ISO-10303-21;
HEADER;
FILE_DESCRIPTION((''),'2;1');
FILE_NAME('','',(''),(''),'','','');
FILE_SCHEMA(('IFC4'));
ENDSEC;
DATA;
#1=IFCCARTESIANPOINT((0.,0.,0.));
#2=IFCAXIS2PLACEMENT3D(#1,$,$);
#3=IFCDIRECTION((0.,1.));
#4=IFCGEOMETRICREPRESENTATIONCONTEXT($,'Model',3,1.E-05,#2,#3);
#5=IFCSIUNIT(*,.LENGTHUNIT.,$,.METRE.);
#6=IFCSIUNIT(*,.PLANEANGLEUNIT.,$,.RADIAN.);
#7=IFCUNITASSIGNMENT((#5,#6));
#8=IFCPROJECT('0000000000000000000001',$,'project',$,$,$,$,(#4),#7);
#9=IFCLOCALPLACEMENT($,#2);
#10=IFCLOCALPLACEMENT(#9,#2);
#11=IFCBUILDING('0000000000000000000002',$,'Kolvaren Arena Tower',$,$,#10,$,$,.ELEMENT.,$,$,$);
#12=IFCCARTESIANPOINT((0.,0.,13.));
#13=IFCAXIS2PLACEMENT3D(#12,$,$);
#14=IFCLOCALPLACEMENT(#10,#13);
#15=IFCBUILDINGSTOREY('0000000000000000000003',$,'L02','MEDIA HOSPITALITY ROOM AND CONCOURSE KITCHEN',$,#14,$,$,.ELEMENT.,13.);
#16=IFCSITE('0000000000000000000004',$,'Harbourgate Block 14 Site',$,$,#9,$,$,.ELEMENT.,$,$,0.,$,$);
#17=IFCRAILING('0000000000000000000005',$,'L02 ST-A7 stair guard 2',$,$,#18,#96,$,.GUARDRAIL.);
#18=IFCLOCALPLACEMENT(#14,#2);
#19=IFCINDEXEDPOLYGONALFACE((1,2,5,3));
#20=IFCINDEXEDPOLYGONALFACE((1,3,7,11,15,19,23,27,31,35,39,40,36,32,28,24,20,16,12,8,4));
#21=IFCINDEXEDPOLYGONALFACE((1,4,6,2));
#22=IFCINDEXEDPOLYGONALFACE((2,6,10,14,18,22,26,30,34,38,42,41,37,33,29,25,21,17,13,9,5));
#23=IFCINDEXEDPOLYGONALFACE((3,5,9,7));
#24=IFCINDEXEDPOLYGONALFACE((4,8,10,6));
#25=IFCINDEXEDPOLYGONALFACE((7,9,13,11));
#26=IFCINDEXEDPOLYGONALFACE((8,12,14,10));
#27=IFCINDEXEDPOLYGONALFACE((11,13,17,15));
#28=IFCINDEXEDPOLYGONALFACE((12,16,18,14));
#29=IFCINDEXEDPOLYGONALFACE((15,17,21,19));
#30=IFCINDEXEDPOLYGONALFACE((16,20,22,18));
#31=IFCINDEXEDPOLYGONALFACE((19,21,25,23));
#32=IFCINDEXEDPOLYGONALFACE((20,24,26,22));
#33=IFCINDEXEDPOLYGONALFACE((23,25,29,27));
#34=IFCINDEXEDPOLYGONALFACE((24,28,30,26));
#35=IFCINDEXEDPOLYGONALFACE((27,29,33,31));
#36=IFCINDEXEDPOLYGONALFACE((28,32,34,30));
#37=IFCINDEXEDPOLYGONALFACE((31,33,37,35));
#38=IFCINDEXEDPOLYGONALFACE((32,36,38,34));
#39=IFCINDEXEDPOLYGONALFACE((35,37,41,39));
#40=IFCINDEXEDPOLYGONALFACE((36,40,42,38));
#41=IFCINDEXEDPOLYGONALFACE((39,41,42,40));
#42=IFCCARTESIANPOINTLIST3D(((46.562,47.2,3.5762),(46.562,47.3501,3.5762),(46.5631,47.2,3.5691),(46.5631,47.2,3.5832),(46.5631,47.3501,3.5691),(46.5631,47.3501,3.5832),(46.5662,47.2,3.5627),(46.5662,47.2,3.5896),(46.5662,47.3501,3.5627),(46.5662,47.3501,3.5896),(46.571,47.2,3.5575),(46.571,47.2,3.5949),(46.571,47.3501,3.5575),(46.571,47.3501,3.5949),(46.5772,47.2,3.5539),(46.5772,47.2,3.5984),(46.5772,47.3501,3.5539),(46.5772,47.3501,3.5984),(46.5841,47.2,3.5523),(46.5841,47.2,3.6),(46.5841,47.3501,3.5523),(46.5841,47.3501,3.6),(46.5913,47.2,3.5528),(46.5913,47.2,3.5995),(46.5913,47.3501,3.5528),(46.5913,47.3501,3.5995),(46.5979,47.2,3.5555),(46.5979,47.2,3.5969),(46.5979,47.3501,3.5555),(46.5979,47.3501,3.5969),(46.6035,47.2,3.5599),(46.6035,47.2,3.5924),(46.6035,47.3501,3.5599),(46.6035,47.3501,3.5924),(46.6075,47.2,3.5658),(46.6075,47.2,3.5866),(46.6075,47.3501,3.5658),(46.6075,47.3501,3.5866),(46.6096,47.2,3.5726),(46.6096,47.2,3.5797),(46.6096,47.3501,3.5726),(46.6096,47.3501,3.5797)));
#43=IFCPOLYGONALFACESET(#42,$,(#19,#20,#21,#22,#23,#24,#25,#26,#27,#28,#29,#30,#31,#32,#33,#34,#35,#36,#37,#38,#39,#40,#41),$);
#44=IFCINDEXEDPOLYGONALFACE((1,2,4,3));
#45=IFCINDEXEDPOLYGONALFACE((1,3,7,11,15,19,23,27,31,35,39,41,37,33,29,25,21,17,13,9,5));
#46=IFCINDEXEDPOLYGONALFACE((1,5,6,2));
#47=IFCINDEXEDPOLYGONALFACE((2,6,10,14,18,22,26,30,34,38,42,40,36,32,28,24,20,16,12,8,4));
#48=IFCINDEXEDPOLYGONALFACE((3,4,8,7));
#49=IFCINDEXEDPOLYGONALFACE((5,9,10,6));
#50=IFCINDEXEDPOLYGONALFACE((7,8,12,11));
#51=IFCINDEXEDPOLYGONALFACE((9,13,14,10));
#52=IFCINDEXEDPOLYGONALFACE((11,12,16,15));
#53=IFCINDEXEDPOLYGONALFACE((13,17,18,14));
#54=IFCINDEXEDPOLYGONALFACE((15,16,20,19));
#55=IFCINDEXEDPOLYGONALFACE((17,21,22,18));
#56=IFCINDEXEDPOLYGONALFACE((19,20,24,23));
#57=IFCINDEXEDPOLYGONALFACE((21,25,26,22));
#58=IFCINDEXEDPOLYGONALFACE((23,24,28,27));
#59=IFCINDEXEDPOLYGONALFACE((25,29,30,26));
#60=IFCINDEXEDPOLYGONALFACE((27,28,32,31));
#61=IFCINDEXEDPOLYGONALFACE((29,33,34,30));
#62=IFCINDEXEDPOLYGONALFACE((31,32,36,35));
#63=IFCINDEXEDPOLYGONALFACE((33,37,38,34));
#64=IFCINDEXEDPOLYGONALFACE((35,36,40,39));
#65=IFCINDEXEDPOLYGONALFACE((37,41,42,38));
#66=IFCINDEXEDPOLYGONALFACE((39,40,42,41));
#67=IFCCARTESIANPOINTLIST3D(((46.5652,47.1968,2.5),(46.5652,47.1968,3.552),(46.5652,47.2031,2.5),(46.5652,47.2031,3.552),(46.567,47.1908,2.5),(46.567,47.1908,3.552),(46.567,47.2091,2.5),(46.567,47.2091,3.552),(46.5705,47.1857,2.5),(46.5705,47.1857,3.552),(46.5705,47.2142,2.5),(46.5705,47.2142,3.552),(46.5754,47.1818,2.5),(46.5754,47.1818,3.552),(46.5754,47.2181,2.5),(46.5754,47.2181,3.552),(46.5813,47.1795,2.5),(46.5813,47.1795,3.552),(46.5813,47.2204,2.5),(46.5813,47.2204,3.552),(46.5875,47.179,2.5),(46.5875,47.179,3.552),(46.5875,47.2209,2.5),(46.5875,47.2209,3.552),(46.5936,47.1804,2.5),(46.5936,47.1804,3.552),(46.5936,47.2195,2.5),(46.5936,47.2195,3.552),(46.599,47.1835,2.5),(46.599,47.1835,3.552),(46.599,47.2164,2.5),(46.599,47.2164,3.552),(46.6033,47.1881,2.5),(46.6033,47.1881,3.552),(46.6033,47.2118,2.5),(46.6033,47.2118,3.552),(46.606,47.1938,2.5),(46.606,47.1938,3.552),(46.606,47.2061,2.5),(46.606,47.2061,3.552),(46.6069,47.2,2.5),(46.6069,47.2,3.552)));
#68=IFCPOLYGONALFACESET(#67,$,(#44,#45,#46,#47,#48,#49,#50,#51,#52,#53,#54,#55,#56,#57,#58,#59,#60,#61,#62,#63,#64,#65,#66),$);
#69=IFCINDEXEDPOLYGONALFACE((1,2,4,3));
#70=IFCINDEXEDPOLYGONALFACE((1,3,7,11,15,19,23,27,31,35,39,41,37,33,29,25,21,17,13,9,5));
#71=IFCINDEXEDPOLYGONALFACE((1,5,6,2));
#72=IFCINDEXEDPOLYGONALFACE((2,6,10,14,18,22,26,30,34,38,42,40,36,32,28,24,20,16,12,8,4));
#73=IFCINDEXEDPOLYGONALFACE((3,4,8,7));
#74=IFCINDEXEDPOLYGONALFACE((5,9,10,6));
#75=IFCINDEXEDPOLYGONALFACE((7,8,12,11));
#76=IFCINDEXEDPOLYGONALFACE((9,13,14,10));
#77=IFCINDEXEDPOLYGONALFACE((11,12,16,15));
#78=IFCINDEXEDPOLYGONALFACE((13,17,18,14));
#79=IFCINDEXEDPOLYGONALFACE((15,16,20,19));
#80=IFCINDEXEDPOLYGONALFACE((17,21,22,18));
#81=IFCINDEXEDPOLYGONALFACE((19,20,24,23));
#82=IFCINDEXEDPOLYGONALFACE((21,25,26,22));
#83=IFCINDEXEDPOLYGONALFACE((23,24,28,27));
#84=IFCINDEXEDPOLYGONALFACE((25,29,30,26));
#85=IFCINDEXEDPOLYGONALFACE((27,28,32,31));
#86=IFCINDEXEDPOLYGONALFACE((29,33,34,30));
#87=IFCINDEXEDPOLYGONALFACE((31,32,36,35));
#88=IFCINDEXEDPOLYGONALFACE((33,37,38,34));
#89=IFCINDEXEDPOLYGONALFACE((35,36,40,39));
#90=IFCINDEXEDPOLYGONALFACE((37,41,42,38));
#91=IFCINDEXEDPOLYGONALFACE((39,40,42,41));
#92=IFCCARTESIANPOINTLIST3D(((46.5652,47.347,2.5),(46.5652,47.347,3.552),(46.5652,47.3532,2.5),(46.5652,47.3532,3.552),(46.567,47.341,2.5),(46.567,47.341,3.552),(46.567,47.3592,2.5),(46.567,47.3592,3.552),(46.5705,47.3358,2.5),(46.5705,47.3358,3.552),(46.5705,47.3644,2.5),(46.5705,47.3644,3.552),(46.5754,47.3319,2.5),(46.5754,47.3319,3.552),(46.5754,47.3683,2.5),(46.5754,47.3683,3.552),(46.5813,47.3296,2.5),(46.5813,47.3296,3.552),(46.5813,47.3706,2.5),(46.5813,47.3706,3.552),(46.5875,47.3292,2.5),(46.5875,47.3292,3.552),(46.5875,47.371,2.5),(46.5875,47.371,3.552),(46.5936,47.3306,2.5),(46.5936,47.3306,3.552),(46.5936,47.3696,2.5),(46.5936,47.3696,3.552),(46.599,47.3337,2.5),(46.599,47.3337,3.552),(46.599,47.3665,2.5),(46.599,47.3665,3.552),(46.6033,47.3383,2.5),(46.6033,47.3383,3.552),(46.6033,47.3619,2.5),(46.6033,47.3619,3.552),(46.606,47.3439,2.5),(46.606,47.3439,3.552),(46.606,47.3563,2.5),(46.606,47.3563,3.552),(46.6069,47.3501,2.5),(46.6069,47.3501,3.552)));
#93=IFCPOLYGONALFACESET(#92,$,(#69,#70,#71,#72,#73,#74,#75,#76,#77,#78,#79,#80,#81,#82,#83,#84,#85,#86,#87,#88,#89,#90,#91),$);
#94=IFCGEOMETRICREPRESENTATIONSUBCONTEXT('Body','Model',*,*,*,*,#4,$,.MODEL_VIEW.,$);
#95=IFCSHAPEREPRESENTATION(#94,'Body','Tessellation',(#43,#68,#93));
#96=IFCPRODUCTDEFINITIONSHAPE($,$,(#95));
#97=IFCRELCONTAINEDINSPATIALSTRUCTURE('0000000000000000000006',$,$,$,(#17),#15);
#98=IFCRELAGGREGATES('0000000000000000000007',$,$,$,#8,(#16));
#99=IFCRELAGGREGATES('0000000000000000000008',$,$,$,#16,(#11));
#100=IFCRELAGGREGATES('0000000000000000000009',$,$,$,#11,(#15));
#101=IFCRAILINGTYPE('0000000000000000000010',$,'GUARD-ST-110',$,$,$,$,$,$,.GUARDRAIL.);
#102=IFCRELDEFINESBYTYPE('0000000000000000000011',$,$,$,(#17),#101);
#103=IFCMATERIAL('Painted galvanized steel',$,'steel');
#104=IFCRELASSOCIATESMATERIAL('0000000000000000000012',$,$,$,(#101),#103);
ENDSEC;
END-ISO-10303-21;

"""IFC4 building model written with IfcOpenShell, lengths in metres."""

from ifc_helpers import new_model, si_unit, direction, frame, origin, origin_2d, place, context, subcontext, project, spatial, circle, extrude, material, type_object, element, save


model = new_model("IFC4")

# Units and contexts
model_context = context("Model", 3, precision=1e-05, world=origin(), true_north=direction((0.0, 1.0)))
body_context = subcontext(model_context, "Body", "Model", "MODEL_VIEW")
ifc_project = project(units=[si_unit("LENGTHUNIT", "METRE"), si_unit("PLANEANGLEUNIT", "RADIAN")], contexts=[model_context])

# Site, building, storey
site_placement = place(None, origin())
site = spatial("IfcSite", under=ifc_project, at=site_placement, Name="Harbourgate Block 14 Site", CompositionType="ELEMENT", RefElevation=0.0)
building_placement = place(site_placement, origin())
building = spatial("IfcBuilding", under=site, at=building_placement, Name="Kolvaren Arena Tower", CompositionType="ELEMENT")
storey_placement = place(building_placement, frame((0.0, 0.0, 13.0)))
storey = spatial("IfcBuildingStorey", under=building, at=storey_placement, Name="L02", Description="MEDIA HOSPITALITY ROOM AND CONCOURSE KITCHEN", CompositionType="ELEMENT", Elevation=13.0)

# Railing
ifc_material_1 = material(Name="Painted galvanized steel", Category="steel")
railing_type_1 = type_object("IfcRailingType", Name="GUARD-ST-110", PredefinedType="GUARDRAIL", material=ifc_material_1)
railing_1_placement = place(storey_placement, frame((46.5859, 47.2, 2.5)))
element("IfcRailing", 1, at=railing_1_placement, inside=storey, type_object=railing_type_1, Name="L02 ST-A7 stair guard 2", PredefinedType="GUARDRAIL", context=body_context, shape_type="SweptSolid", body=[
    extrude(circle(Radius=0.0239, at=origin_2d()), frame((0.0, 0.0, 1.0762), z_axis=(0.0, 1.0, 0.0), x_axis=(-1.0, 0.0, 0.0)), (0.0, 0.0, 1.0), 0.1501),
    extrude(circle(Radius=0.021, at=origin_2d()), origin(), (0.0, 0.0, 1.0), 1.052),
    extrude(circle(Radius=0.021, at=origin_2d()), frame((0.0, 0.1501, 0.0)), (0.0, 0.0, 1.0), 1.052),
])

save(model, "model.ifc")
